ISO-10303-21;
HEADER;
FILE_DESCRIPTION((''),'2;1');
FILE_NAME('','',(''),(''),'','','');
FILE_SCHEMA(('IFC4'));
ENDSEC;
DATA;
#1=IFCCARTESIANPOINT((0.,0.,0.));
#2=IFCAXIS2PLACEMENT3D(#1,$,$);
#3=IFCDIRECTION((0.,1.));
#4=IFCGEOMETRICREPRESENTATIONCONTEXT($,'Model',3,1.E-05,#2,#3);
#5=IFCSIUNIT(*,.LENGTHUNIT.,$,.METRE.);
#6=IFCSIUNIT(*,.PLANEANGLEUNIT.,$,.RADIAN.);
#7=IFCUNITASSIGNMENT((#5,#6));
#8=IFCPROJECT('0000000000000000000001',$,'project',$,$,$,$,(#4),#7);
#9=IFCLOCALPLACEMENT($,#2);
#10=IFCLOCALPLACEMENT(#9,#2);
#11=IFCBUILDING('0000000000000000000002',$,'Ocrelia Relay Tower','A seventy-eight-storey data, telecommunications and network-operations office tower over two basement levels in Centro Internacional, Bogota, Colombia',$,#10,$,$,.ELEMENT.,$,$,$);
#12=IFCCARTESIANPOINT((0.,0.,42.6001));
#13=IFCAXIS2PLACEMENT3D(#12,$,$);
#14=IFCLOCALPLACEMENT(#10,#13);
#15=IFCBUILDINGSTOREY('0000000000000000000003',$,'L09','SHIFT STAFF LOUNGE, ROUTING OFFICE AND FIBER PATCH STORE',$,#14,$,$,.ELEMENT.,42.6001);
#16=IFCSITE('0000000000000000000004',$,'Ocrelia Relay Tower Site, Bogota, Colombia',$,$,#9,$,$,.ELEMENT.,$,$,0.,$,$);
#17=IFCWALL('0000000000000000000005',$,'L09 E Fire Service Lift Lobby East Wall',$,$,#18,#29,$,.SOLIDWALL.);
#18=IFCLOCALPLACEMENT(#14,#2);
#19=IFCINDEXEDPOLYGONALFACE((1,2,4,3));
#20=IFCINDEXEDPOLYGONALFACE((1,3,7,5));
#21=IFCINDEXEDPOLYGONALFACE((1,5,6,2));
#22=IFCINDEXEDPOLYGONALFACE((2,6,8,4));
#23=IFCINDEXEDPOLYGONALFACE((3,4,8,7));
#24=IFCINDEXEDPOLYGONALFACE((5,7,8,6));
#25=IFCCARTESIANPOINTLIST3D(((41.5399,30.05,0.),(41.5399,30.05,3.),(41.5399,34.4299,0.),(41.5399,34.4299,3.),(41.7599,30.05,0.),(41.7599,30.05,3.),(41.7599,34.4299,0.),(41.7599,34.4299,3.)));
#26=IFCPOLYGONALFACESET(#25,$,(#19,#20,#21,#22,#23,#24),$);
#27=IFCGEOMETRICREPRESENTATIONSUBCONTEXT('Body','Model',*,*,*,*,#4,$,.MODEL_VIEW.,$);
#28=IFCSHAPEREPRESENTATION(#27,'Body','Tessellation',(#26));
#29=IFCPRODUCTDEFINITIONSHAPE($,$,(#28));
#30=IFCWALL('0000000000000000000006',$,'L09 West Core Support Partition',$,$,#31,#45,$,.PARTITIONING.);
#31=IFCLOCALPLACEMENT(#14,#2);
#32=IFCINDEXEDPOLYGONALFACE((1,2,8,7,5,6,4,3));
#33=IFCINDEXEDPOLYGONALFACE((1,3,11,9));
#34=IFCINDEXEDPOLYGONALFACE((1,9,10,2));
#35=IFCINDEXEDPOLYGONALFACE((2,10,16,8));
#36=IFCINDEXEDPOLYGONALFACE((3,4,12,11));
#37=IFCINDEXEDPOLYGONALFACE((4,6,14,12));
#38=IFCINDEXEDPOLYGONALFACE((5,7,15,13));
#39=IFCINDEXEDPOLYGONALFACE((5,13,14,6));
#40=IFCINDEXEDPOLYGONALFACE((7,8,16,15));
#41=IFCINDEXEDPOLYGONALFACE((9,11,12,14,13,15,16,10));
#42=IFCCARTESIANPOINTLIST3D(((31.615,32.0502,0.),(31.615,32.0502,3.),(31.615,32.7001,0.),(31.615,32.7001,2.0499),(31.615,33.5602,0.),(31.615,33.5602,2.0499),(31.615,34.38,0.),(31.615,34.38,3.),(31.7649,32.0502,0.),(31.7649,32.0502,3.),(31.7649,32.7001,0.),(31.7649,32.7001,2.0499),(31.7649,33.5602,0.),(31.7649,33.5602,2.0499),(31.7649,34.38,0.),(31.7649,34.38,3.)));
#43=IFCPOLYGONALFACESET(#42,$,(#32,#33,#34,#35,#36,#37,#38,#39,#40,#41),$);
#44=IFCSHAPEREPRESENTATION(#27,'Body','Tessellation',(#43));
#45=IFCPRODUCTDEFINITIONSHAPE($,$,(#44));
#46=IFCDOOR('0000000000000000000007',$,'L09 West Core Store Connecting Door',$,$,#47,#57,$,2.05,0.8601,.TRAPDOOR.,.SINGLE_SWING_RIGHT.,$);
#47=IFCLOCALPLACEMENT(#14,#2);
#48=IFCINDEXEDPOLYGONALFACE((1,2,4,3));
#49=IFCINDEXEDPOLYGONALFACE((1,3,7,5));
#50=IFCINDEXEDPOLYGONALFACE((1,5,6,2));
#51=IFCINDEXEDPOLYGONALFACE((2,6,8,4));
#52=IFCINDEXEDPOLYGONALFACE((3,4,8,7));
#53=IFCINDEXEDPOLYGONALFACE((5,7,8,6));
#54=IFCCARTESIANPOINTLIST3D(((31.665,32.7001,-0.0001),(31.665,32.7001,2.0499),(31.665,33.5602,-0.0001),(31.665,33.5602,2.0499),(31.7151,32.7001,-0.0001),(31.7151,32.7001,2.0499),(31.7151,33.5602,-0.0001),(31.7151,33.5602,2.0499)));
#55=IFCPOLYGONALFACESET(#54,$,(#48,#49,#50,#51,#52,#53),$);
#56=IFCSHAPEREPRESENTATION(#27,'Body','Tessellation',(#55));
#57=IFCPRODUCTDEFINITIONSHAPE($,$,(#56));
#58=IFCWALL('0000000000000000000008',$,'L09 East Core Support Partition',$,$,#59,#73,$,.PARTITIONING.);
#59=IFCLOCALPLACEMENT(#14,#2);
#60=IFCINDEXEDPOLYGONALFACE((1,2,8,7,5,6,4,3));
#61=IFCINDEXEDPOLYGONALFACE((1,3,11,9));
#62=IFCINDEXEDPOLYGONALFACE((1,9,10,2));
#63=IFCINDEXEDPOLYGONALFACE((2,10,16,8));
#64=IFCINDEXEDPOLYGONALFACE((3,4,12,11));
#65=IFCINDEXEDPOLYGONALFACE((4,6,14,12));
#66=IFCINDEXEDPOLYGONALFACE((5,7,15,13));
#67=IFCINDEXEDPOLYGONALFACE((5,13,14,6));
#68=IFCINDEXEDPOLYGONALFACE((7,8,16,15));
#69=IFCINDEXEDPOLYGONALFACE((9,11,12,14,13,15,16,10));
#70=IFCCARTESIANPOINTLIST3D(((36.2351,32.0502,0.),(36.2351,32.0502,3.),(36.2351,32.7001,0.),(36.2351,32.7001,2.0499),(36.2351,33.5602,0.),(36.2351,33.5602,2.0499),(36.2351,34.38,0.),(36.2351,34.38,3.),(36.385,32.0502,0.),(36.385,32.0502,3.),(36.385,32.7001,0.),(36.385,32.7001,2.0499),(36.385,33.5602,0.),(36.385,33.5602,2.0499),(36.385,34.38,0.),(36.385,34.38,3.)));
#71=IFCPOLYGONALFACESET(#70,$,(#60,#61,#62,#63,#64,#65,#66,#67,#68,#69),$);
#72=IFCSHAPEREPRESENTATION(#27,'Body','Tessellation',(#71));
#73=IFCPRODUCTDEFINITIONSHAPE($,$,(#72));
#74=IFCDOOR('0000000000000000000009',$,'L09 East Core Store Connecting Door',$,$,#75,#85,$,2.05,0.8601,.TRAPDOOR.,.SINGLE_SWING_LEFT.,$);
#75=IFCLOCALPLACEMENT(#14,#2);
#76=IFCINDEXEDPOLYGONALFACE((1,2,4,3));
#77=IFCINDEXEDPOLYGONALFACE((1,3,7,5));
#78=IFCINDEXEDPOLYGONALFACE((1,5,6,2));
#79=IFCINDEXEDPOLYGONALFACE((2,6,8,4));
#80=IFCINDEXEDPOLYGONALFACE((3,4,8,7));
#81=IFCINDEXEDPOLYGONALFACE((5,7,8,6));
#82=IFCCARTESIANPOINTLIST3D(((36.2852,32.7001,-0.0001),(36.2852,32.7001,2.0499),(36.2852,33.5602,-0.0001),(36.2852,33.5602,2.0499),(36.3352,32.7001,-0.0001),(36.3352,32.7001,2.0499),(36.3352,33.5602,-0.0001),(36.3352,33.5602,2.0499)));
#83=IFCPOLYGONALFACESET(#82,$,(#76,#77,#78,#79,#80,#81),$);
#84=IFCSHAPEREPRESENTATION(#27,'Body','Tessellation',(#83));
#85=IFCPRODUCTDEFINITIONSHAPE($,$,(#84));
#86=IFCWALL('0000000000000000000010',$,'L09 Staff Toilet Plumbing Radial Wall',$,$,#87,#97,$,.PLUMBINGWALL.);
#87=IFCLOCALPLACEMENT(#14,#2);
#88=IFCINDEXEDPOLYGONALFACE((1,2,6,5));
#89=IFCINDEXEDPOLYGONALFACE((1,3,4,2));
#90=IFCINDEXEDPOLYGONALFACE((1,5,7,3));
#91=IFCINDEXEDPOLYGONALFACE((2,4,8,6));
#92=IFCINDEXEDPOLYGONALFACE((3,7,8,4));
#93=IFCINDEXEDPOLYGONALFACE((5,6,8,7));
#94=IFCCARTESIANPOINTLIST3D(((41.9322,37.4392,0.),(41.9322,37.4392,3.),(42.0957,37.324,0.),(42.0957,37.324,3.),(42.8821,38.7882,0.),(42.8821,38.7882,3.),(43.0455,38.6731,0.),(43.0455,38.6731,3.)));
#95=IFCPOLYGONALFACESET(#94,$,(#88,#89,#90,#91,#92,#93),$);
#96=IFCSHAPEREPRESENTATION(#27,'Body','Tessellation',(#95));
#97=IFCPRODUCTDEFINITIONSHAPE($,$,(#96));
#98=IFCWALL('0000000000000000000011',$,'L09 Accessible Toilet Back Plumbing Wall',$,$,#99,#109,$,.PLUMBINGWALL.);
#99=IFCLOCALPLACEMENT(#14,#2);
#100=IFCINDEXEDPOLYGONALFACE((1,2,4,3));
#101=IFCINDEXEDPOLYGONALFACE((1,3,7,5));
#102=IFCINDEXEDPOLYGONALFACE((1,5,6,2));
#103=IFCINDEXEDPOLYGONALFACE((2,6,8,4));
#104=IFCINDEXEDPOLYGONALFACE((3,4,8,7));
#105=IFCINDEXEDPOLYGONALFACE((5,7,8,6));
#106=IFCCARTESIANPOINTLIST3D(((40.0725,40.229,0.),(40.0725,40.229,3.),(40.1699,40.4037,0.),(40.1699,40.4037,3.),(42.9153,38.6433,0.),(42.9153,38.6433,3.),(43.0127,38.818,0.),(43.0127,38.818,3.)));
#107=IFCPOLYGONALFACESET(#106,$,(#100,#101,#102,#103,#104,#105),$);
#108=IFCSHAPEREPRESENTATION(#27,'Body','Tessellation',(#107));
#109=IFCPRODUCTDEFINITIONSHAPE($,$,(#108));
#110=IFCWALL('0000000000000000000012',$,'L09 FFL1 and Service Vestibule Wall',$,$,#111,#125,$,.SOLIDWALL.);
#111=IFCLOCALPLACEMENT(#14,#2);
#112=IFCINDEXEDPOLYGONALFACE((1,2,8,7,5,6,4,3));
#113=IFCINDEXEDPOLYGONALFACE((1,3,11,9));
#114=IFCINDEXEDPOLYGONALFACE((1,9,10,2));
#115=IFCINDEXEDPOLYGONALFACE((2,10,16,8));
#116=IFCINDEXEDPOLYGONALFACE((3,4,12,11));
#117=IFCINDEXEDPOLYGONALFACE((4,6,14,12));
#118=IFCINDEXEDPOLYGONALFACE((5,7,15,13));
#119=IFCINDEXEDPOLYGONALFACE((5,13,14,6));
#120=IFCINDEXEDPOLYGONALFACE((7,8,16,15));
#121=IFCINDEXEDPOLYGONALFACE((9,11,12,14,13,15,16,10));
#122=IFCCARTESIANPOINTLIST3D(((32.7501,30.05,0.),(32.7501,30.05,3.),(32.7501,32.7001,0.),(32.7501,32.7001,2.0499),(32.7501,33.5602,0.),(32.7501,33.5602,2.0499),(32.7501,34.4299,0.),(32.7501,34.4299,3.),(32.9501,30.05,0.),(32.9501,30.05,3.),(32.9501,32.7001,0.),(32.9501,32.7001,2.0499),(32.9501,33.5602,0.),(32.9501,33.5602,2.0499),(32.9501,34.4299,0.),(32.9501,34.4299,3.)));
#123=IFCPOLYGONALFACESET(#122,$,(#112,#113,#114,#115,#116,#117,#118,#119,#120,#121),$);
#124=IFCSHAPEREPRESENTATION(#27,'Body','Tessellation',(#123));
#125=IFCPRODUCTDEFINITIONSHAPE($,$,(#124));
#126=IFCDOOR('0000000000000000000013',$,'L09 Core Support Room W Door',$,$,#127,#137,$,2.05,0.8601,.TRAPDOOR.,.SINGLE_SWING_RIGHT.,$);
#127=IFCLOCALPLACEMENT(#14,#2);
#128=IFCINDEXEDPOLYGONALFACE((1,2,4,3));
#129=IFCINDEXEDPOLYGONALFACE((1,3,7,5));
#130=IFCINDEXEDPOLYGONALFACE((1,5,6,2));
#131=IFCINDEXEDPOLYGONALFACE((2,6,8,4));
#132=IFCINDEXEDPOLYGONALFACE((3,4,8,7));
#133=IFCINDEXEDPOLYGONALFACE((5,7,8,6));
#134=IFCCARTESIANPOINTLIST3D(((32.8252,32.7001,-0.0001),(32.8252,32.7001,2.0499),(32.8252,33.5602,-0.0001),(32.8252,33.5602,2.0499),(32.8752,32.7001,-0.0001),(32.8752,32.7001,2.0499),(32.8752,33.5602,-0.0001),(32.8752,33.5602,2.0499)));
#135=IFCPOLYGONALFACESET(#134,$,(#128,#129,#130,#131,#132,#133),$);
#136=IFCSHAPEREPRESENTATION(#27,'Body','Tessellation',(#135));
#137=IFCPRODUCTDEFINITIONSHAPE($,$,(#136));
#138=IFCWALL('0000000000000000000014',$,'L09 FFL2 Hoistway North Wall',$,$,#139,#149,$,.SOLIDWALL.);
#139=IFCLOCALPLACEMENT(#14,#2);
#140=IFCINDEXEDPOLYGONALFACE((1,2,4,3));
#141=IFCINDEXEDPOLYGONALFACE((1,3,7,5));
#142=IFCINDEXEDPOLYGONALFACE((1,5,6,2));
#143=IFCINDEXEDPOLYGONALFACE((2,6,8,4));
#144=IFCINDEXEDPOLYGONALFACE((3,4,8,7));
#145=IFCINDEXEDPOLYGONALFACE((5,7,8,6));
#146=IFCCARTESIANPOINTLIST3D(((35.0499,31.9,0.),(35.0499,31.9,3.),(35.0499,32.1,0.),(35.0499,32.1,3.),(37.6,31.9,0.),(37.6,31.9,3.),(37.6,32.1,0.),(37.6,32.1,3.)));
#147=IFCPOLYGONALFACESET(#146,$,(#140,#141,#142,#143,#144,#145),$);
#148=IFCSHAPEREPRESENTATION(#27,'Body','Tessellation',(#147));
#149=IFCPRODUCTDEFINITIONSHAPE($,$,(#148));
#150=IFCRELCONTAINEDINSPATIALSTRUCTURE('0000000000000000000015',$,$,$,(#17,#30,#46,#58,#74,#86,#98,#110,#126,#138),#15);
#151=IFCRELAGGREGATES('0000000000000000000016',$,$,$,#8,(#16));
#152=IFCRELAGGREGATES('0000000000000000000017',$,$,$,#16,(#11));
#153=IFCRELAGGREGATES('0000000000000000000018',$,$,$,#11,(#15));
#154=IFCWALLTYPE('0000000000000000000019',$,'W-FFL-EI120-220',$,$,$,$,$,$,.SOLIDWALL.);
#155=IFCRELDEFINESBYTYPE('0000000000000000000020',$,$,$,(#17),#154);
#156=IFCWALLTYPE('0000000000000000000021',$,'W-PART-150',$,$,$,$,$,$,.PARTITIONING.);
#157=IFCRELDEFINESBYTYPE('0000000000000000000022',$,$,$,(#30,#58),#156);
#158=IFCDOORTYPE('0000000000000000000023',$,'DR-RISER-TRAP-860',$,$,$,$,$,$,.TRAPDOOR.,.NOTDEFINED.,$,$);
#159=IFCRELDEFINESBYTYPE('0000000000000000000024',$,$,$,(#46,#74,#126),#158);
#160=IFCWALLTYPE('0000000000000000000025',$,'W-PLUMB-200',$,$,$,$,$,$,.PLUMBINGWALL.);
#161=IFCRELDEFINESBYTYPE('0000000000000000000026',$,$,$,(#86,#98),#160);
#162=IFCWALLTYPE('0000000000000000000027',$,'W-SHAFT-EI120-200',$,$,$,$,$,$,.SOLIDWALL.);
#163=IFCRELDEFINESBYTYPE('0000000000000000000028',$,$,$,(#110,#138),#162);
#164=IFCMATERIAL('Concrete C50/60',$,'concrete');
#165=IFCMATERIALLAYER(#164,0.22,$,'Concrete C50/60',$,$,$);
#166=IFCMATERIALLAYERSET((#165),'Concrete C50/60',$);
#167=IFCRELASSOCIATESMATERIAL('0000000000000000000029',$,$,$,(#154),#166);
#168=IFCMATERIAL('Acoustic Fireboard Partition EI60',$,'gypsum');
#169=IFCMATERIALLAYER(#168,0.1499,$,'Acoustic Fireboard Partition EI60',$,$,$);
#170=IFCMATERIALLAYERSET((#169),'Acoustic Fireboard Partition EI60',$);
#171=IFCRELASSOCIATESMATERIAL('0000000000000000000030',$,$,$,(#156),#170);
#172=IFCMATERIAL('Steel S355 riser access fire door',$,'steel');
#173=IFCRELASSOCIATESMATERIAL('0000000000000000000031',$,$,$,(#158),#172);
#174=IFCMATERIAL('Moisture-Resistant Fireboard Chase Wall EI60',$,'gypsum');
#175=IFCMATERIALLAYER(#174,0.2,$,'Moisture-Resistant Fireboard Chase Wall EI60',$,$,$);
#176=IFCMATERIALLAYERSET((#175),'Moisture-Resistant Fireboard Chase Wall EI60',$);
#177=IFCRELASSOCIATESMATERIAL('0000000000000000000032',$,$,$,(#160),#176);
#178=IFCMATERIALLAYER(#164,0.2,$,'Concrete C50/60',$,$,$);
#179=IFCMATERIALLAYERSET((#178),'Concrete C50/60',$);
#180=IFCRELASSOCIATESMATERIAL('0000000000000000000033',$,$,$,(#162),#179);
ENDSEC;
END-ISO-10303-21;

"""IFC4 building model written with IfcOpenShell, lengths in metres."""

from ifc_helpers import new_model, si_unit, direction, frame, frame_2d, origin, place, context, subcontext, project, spatial, rectangle, extrude, material, layer, layer_set, type_object, element, fill, save


model = new_model("IFC4")

# Units and contexts
model_context = context("Model", 3, precision=1e-05, world=origin(), true_north=direction((0.0, 1.0)))
body_context = subcontext(model_context, "Body", "Model", "MODEL_VIEW")
ifc_project = project(units=[si_unit("LENGTHUNIT", "METRE"), si_unit("PLANEANGLEUNIT", "RADIAN")], contexts=[model_context])

# Site, building, storey
site_placement = place(None, origin())
site = spatial("IfcSite", under=ifc_project, at=site_placement, Name="Ocrelia Relay Tower Site, Bogota, Colombia", CompositionType="ELEMENT", RefElevation=0.0)
building_placement = place(site_placement, origin())
building = spatial("IfcBuilding", under=site, at=building_placement, Name="Ocrelia Relay Tower", Description="A seventy-eight-storey data, telecommunications and network-operations office tower over two basement levels in Centro Internacional, Bogota, Colombia", CompositionType="ELEMENT")
storey_placement = place(building_placement, frame((0.0, 0.0, 42.6001)))
storey = spatial("IfcBuildingStorey", under=building, at=storey_placement, Name="L09", Description="SHIFT STAFF LOUNGE, ROUTING OFFICE AND FIBER PATCH STORE", CompositionType="ELEMENT", Elevation=42.6001)

# Shared definitions
ifc_material_1 = material(Name="Concrete C50/60", Category="concrete")
ifc_layer_1 = layer(ifc_material_1, 0.22, Name="Concrete C50/60")
ifc_layer_set_1 = layer_set([ifc_layer_1], Name="Concrete C50/60")
wall_type_1 = type_object("IfcWallType", Name="W-FFL-EI120-220", PredefinedType="SOLIDWALL", material=ifc_layer_set_1)

# Wall
wall_1_placement = place(storey_placement, frame((41.6499, 30.05, 0.0), z_axis=(0.0, 0.0, 1.0), x_axis=(0.0, 1.0, 0.0)))
element("IfcWall", 1, at=wall_1_placement, inside=storey, type_object=wall_type_1, Name="L09 E Fire Service Lift Lobby East Wall", PredefinedType="SOLIDWALL", context=body_context, shape_type="SweptSolid", body=[
    extrude(rectangle(XDim=4.3799, YDim=0.22, at=frame_2d((2.1899, 0.0))), origin(), (0.0, 0.0, 1.0), 3.0),
])

# Walls, openings, doors
ifc_material_2 = material(Name="Acoustic Fireboard Partition EI60", Category="gypsum")
ifc_layer_2 = layer(ifc_material_2, 0.1499, Name="Acoustic Fireboard Partition EI60")
ifc_layer_set_2 = layer_set([ifc_layer_2], Name="Acoustic Fireboard Partition EI60")
wall_type_2 = type_object("IfcWallType", Name="W-PART-150", PredefinedType="PARTITIONING", material=ifc_layer_set_2)
wall_2_placement = place(storey_placement, frame((31.6899, 32.05, 0.0), z_axis=(0.0, 0.0, 1.0), x_axis=(0.0, 1.0, 0.0)))
wall_2 = element("IfcWall", 2, at=wall_2_placement, inside=storey, type_object=wall_type_2, Name="L09 West Core Support Partition", PredefinedType="PARTITIONING", context=body_context, shape_type="SweptSolid", body=[
    extrude(rectangle(XDim=2.3298, YDim=0.1499, at=frame_2d((1.165, 0.0))), origin(), (0.0, 0.0, 1.0), 3.0),
])
opening_1_placement = place(wall_2_placement, frame((0.6499, 0.0, 0.0)))
opening_1 = element("IfcOpeningElement", 3, at=opening_1_placement, cuts=wall_2, PredefinedType="OPENING", context=body_context, shape_type="SweptSolid", body=[
    extrude(rectangle(XDim=0.8601, YDim=2.05, at=frame_2d((0.4302, 1.0249))), frame((0.0, 0.085, 0.0), z_axis=(0.0, -1.0, 0.0), x_axis=(1.0, 0.0, 0.0)), (0.0, 0.0, 1.0), 0.1699),
])
ifc_material_3 = material(Name="Steel S355 riser access fire door", Category="steel")
door_type_1 = type_object("IfcDoorType", Name="DR-RISER-TRAP-860", OperationType="NOTDEFINED", PredefinedType="TRAPDOOR", material=ifc_material_3)
door_1_placement = place(opening_1_placement, origin())
door_1 = element("IfcDoor", 4, at=door_1_placement, inside=storey, type_object=door_type_1, Name="L09 West Core Store Connecting Door", OperationType="SINGLE_SWING_RIGHT", OverallHeight=2.05, OverallWidth=0.8601, PredefinedType="TRAPDOOR", context=body_context, shape_type="SweptSolid", body=[
    extrude(rectangle(XDim=0.8601, YDim=2.05, at=frame_2d((0.4302, 1.0249))), frame((0.0, 0.0249, 0.0), z_axis=(0.0, -1.0, 0.0), x_axis=(1.0, 0.0, 0.0)), (0.0, 0.0, 1.0), 0.05),
])
fill(opening_1, door_1)
wall_3_placement = place(storey_placement, frame((36.3101, 32.05, 0.0), z_axis=(0.0, 0.0, 1.0), x_axis=(0.0, 1.0, 0.0)))
wall_3 = element("IfcWall", 5, at=wall_3_placement, inside=storey, type_object=wall_type_2, Name="L09 East Core Support Partition", PredefinedType="PARTITIONING", context=body_context, shape_type="SweptSolid", body=[
    extrude(rectangle(XDim=2.3298, YDim=0.1499, at=frame_2d((1.165, 0.0))), origin(), (0.0, 0.0, 1.0), 3.0),
])
opening_2_placement = place(wall_3_placement, frame((0.6499, 0.0, 0.0)))
opening_2 = element("IfcOpeningElement", 6, at=opening_2_placement, cuts=wall_3, PredefinedType="OPENING", context=body_context, shape_type="SweptSolid", body=[
    extrude(rectangle(XDim=0.8601, YDim=2.05, at=frame_2d((0.4302, 1.0249))), frame((0.0, 0.085, 0.0), z_axis=(0.0, -1.0, 0.0), x_axis=(1.0, 0.0, 0.0)), (0.0, 0.0, 1.0), 0.1699),
])
door_2_placement = place(opening_2_placement, origin())
door_2 = element("IfcDoor", 7, at=door_2_placement, inside=storey, type_object=door_type_1, Name="L09 East Core Store Connecting Door", OperationType="SINGLE_SWING_LEFT", OverallHeight=2.05, OverallWidth=0.8601, PredefinedType="TRAPDOOR", context=body_context, shape_type="SweptSolid", body=[
    extrude(rectangle(XDim=0.8601, YDim=2.05, at=frame_2d((0.4302, 1.0249))), frame((0.0, 0.0249, 0.0), z_axis=(0.0, -1.0, 0.0), x_axis=(1.0, 0.0, 0.0)), (0.0, 0.0, 1.0), 0.05),
])
fill(opening_2, door_2)

# Walls
ifc_material_4 = material(Name="Moisture-Resistant Fireboard Chase Wall EI60", Category="gypsum")
ifc_layer_3 = layer(ifc_material_4, 0.2, Name="Moisture-Resistant Fireboard Chase Wall EI60")
ifc_layer_set_3 = layer_set([ifc_layer_3], Name="Moisture-Resistant Fireboard Chase Wall EI60")
wall_type_3 = type_object("IfcWallType", Name="W-PLUMB-200", PredefinedType="PLUMBINGWALL", material=ifc_layer_set_3)
wall_4_placement = place(storey_placement, frame((42.0139, 37.3816, 0.0), z_axis=(0.0, 0.0, 1.0), x_axis=(0.575724, 0.817644, 0.0)))
element("IfcWall", 8, at=wall_4_placement, inside=storey, type_object=wall_type_3, Name="L09 Staff Toilet Plumbing Radial Wall", PredefinedType="PLUMBINGWALL", context=body_context, shape_type="SweptSolid", body=[
    extrude(rectangle(XDim=1.6499, YDim=0.2, at=frame_2d((0.825, 0.0))), origin(), (0.0, 0.0, 1.0), 3.0),
])
wall_5_placement = place(storey_placement, frame((42.9639, 38.7307, 0.0), z_axis=(0.0, 0.0, 1.0), x_axis=(-0.873325, 0.487139, 0.0)))
element("IfcWall", 9, at=wall_5_placement, inside=storey, type_object=wall_type_3, Name="L09 Accessible Toilet Back Plumbing Wall", PredefinedType="PLUMBINGWALL", context=body_context, shape_type="SweptSolid", body=[
    extrude(rectangle(XDim=3.2551, YDim=0.2, at=frame_2d((1.6274, 0.0))), origin(), (0.0, 0.0, 1.0), 3.0),
])

# Wall, opening, door
ifc_layer_4 = layer(ifc_material_1, 0.2, Name="Concrete C50/60")
ifc_layer_set_4 = layer_set([ifc_layer_4], Name="Concrete C50/60")
wall_type_4 = type_object("IfcWallType", Name="W-SHAFT-EI120-200", PredefinedType="SOLIDWALL", material=ifc_layer_set_4)
wall_6_placement = place(storey_placement, frame((32.8501, 30.05, 0.0), z_axis=(0.0, 0.0, 1.0), x_axis=(0.0, 1.0, 0.0)))
wall_6 = element("IfcWall", 10, at=wall_6_placement, inside=storey, type_object=wall_type_4, Name="L09 FFL1 and Service Vestibule Wall", PredefinedType="SOLIDWALL", context=body_context, shape_type="SweptSolid", body=[
    extrude(rectangle(XDim=4.3799, YDim=0.2, at=frame_2d((2.1899, 0.0))), origin(), (0.0, 0.0, 1.0), 3.0),
])
opening_3_placement = place(wall_6_placement, frame((2.6499, 0.0, 0.0)))
opening_3 = element("IfcOpeningElement", 11, at=opening_3_placement, cuts=wall_6, PredefinedType="OPENING", context=body_context, shape_type="SweptSolid", body=[
    extrude(rectangle(XDim=0.8601, YDim=2.05, at=frame_2d((0.4302, 1.0249))), frame((0.0, 0.1099, 0.0), z_axis=(0.0, -1.0, 0.0), x_axis=(1.0, 0.0, 0.0)), (0.0, 0.0, 1.0), 0.22),
])
door_3_placement = place(opening_3_placement, origin())
door_3 = element("IfcDoor", 12, at=door_3_placement, inside=storey, type_object=door_type_1, Name="L09 Core Support Room W Door", OperationType="SINGLE_SWING_RIGHT", OverallHeight=2.05, OverallWidth=0.8601, PredefinedType="TRAPDOOR", context=body_context, shape_type="SweptSolid", body=[
    extrude(rectangle(XDim=0.8601, YDim=2.05, at=frame_2d((0.4302, 1.0249))), frame((0.0, 0.0249, 0.0), z_axis=(0.0, -1.0, 0.0), x_axis=(1.0, 0.0, 0.0)), (0.0, 0.0, 1.0), 0.05),
])
fill(opening_3, door_3)

# Wall
wall_7_placement = place(storey_placement, frame((35.05, 32.0, 0.0), z_axis=(0.0, 0.0, 1.0), x_axis=(1.0, 0.0, 0.0)))
element("IfcWall", 13, at=wall_7_placement, inside=storey, type_object=wall_type_4, Name="L09 FFL2 Hoistway North Wall", PredefinedType="SOLIDWALL", context=body_context, shape_type="SweptSolid", body=[
    extrude(rectangle(XDim=2.55, YDim=0.2, at=frame_2d((1.2749, 0.0))), origin(), (0.0, 0.0, 1.0), 3.0),
])

save(model, "model.ifc")
